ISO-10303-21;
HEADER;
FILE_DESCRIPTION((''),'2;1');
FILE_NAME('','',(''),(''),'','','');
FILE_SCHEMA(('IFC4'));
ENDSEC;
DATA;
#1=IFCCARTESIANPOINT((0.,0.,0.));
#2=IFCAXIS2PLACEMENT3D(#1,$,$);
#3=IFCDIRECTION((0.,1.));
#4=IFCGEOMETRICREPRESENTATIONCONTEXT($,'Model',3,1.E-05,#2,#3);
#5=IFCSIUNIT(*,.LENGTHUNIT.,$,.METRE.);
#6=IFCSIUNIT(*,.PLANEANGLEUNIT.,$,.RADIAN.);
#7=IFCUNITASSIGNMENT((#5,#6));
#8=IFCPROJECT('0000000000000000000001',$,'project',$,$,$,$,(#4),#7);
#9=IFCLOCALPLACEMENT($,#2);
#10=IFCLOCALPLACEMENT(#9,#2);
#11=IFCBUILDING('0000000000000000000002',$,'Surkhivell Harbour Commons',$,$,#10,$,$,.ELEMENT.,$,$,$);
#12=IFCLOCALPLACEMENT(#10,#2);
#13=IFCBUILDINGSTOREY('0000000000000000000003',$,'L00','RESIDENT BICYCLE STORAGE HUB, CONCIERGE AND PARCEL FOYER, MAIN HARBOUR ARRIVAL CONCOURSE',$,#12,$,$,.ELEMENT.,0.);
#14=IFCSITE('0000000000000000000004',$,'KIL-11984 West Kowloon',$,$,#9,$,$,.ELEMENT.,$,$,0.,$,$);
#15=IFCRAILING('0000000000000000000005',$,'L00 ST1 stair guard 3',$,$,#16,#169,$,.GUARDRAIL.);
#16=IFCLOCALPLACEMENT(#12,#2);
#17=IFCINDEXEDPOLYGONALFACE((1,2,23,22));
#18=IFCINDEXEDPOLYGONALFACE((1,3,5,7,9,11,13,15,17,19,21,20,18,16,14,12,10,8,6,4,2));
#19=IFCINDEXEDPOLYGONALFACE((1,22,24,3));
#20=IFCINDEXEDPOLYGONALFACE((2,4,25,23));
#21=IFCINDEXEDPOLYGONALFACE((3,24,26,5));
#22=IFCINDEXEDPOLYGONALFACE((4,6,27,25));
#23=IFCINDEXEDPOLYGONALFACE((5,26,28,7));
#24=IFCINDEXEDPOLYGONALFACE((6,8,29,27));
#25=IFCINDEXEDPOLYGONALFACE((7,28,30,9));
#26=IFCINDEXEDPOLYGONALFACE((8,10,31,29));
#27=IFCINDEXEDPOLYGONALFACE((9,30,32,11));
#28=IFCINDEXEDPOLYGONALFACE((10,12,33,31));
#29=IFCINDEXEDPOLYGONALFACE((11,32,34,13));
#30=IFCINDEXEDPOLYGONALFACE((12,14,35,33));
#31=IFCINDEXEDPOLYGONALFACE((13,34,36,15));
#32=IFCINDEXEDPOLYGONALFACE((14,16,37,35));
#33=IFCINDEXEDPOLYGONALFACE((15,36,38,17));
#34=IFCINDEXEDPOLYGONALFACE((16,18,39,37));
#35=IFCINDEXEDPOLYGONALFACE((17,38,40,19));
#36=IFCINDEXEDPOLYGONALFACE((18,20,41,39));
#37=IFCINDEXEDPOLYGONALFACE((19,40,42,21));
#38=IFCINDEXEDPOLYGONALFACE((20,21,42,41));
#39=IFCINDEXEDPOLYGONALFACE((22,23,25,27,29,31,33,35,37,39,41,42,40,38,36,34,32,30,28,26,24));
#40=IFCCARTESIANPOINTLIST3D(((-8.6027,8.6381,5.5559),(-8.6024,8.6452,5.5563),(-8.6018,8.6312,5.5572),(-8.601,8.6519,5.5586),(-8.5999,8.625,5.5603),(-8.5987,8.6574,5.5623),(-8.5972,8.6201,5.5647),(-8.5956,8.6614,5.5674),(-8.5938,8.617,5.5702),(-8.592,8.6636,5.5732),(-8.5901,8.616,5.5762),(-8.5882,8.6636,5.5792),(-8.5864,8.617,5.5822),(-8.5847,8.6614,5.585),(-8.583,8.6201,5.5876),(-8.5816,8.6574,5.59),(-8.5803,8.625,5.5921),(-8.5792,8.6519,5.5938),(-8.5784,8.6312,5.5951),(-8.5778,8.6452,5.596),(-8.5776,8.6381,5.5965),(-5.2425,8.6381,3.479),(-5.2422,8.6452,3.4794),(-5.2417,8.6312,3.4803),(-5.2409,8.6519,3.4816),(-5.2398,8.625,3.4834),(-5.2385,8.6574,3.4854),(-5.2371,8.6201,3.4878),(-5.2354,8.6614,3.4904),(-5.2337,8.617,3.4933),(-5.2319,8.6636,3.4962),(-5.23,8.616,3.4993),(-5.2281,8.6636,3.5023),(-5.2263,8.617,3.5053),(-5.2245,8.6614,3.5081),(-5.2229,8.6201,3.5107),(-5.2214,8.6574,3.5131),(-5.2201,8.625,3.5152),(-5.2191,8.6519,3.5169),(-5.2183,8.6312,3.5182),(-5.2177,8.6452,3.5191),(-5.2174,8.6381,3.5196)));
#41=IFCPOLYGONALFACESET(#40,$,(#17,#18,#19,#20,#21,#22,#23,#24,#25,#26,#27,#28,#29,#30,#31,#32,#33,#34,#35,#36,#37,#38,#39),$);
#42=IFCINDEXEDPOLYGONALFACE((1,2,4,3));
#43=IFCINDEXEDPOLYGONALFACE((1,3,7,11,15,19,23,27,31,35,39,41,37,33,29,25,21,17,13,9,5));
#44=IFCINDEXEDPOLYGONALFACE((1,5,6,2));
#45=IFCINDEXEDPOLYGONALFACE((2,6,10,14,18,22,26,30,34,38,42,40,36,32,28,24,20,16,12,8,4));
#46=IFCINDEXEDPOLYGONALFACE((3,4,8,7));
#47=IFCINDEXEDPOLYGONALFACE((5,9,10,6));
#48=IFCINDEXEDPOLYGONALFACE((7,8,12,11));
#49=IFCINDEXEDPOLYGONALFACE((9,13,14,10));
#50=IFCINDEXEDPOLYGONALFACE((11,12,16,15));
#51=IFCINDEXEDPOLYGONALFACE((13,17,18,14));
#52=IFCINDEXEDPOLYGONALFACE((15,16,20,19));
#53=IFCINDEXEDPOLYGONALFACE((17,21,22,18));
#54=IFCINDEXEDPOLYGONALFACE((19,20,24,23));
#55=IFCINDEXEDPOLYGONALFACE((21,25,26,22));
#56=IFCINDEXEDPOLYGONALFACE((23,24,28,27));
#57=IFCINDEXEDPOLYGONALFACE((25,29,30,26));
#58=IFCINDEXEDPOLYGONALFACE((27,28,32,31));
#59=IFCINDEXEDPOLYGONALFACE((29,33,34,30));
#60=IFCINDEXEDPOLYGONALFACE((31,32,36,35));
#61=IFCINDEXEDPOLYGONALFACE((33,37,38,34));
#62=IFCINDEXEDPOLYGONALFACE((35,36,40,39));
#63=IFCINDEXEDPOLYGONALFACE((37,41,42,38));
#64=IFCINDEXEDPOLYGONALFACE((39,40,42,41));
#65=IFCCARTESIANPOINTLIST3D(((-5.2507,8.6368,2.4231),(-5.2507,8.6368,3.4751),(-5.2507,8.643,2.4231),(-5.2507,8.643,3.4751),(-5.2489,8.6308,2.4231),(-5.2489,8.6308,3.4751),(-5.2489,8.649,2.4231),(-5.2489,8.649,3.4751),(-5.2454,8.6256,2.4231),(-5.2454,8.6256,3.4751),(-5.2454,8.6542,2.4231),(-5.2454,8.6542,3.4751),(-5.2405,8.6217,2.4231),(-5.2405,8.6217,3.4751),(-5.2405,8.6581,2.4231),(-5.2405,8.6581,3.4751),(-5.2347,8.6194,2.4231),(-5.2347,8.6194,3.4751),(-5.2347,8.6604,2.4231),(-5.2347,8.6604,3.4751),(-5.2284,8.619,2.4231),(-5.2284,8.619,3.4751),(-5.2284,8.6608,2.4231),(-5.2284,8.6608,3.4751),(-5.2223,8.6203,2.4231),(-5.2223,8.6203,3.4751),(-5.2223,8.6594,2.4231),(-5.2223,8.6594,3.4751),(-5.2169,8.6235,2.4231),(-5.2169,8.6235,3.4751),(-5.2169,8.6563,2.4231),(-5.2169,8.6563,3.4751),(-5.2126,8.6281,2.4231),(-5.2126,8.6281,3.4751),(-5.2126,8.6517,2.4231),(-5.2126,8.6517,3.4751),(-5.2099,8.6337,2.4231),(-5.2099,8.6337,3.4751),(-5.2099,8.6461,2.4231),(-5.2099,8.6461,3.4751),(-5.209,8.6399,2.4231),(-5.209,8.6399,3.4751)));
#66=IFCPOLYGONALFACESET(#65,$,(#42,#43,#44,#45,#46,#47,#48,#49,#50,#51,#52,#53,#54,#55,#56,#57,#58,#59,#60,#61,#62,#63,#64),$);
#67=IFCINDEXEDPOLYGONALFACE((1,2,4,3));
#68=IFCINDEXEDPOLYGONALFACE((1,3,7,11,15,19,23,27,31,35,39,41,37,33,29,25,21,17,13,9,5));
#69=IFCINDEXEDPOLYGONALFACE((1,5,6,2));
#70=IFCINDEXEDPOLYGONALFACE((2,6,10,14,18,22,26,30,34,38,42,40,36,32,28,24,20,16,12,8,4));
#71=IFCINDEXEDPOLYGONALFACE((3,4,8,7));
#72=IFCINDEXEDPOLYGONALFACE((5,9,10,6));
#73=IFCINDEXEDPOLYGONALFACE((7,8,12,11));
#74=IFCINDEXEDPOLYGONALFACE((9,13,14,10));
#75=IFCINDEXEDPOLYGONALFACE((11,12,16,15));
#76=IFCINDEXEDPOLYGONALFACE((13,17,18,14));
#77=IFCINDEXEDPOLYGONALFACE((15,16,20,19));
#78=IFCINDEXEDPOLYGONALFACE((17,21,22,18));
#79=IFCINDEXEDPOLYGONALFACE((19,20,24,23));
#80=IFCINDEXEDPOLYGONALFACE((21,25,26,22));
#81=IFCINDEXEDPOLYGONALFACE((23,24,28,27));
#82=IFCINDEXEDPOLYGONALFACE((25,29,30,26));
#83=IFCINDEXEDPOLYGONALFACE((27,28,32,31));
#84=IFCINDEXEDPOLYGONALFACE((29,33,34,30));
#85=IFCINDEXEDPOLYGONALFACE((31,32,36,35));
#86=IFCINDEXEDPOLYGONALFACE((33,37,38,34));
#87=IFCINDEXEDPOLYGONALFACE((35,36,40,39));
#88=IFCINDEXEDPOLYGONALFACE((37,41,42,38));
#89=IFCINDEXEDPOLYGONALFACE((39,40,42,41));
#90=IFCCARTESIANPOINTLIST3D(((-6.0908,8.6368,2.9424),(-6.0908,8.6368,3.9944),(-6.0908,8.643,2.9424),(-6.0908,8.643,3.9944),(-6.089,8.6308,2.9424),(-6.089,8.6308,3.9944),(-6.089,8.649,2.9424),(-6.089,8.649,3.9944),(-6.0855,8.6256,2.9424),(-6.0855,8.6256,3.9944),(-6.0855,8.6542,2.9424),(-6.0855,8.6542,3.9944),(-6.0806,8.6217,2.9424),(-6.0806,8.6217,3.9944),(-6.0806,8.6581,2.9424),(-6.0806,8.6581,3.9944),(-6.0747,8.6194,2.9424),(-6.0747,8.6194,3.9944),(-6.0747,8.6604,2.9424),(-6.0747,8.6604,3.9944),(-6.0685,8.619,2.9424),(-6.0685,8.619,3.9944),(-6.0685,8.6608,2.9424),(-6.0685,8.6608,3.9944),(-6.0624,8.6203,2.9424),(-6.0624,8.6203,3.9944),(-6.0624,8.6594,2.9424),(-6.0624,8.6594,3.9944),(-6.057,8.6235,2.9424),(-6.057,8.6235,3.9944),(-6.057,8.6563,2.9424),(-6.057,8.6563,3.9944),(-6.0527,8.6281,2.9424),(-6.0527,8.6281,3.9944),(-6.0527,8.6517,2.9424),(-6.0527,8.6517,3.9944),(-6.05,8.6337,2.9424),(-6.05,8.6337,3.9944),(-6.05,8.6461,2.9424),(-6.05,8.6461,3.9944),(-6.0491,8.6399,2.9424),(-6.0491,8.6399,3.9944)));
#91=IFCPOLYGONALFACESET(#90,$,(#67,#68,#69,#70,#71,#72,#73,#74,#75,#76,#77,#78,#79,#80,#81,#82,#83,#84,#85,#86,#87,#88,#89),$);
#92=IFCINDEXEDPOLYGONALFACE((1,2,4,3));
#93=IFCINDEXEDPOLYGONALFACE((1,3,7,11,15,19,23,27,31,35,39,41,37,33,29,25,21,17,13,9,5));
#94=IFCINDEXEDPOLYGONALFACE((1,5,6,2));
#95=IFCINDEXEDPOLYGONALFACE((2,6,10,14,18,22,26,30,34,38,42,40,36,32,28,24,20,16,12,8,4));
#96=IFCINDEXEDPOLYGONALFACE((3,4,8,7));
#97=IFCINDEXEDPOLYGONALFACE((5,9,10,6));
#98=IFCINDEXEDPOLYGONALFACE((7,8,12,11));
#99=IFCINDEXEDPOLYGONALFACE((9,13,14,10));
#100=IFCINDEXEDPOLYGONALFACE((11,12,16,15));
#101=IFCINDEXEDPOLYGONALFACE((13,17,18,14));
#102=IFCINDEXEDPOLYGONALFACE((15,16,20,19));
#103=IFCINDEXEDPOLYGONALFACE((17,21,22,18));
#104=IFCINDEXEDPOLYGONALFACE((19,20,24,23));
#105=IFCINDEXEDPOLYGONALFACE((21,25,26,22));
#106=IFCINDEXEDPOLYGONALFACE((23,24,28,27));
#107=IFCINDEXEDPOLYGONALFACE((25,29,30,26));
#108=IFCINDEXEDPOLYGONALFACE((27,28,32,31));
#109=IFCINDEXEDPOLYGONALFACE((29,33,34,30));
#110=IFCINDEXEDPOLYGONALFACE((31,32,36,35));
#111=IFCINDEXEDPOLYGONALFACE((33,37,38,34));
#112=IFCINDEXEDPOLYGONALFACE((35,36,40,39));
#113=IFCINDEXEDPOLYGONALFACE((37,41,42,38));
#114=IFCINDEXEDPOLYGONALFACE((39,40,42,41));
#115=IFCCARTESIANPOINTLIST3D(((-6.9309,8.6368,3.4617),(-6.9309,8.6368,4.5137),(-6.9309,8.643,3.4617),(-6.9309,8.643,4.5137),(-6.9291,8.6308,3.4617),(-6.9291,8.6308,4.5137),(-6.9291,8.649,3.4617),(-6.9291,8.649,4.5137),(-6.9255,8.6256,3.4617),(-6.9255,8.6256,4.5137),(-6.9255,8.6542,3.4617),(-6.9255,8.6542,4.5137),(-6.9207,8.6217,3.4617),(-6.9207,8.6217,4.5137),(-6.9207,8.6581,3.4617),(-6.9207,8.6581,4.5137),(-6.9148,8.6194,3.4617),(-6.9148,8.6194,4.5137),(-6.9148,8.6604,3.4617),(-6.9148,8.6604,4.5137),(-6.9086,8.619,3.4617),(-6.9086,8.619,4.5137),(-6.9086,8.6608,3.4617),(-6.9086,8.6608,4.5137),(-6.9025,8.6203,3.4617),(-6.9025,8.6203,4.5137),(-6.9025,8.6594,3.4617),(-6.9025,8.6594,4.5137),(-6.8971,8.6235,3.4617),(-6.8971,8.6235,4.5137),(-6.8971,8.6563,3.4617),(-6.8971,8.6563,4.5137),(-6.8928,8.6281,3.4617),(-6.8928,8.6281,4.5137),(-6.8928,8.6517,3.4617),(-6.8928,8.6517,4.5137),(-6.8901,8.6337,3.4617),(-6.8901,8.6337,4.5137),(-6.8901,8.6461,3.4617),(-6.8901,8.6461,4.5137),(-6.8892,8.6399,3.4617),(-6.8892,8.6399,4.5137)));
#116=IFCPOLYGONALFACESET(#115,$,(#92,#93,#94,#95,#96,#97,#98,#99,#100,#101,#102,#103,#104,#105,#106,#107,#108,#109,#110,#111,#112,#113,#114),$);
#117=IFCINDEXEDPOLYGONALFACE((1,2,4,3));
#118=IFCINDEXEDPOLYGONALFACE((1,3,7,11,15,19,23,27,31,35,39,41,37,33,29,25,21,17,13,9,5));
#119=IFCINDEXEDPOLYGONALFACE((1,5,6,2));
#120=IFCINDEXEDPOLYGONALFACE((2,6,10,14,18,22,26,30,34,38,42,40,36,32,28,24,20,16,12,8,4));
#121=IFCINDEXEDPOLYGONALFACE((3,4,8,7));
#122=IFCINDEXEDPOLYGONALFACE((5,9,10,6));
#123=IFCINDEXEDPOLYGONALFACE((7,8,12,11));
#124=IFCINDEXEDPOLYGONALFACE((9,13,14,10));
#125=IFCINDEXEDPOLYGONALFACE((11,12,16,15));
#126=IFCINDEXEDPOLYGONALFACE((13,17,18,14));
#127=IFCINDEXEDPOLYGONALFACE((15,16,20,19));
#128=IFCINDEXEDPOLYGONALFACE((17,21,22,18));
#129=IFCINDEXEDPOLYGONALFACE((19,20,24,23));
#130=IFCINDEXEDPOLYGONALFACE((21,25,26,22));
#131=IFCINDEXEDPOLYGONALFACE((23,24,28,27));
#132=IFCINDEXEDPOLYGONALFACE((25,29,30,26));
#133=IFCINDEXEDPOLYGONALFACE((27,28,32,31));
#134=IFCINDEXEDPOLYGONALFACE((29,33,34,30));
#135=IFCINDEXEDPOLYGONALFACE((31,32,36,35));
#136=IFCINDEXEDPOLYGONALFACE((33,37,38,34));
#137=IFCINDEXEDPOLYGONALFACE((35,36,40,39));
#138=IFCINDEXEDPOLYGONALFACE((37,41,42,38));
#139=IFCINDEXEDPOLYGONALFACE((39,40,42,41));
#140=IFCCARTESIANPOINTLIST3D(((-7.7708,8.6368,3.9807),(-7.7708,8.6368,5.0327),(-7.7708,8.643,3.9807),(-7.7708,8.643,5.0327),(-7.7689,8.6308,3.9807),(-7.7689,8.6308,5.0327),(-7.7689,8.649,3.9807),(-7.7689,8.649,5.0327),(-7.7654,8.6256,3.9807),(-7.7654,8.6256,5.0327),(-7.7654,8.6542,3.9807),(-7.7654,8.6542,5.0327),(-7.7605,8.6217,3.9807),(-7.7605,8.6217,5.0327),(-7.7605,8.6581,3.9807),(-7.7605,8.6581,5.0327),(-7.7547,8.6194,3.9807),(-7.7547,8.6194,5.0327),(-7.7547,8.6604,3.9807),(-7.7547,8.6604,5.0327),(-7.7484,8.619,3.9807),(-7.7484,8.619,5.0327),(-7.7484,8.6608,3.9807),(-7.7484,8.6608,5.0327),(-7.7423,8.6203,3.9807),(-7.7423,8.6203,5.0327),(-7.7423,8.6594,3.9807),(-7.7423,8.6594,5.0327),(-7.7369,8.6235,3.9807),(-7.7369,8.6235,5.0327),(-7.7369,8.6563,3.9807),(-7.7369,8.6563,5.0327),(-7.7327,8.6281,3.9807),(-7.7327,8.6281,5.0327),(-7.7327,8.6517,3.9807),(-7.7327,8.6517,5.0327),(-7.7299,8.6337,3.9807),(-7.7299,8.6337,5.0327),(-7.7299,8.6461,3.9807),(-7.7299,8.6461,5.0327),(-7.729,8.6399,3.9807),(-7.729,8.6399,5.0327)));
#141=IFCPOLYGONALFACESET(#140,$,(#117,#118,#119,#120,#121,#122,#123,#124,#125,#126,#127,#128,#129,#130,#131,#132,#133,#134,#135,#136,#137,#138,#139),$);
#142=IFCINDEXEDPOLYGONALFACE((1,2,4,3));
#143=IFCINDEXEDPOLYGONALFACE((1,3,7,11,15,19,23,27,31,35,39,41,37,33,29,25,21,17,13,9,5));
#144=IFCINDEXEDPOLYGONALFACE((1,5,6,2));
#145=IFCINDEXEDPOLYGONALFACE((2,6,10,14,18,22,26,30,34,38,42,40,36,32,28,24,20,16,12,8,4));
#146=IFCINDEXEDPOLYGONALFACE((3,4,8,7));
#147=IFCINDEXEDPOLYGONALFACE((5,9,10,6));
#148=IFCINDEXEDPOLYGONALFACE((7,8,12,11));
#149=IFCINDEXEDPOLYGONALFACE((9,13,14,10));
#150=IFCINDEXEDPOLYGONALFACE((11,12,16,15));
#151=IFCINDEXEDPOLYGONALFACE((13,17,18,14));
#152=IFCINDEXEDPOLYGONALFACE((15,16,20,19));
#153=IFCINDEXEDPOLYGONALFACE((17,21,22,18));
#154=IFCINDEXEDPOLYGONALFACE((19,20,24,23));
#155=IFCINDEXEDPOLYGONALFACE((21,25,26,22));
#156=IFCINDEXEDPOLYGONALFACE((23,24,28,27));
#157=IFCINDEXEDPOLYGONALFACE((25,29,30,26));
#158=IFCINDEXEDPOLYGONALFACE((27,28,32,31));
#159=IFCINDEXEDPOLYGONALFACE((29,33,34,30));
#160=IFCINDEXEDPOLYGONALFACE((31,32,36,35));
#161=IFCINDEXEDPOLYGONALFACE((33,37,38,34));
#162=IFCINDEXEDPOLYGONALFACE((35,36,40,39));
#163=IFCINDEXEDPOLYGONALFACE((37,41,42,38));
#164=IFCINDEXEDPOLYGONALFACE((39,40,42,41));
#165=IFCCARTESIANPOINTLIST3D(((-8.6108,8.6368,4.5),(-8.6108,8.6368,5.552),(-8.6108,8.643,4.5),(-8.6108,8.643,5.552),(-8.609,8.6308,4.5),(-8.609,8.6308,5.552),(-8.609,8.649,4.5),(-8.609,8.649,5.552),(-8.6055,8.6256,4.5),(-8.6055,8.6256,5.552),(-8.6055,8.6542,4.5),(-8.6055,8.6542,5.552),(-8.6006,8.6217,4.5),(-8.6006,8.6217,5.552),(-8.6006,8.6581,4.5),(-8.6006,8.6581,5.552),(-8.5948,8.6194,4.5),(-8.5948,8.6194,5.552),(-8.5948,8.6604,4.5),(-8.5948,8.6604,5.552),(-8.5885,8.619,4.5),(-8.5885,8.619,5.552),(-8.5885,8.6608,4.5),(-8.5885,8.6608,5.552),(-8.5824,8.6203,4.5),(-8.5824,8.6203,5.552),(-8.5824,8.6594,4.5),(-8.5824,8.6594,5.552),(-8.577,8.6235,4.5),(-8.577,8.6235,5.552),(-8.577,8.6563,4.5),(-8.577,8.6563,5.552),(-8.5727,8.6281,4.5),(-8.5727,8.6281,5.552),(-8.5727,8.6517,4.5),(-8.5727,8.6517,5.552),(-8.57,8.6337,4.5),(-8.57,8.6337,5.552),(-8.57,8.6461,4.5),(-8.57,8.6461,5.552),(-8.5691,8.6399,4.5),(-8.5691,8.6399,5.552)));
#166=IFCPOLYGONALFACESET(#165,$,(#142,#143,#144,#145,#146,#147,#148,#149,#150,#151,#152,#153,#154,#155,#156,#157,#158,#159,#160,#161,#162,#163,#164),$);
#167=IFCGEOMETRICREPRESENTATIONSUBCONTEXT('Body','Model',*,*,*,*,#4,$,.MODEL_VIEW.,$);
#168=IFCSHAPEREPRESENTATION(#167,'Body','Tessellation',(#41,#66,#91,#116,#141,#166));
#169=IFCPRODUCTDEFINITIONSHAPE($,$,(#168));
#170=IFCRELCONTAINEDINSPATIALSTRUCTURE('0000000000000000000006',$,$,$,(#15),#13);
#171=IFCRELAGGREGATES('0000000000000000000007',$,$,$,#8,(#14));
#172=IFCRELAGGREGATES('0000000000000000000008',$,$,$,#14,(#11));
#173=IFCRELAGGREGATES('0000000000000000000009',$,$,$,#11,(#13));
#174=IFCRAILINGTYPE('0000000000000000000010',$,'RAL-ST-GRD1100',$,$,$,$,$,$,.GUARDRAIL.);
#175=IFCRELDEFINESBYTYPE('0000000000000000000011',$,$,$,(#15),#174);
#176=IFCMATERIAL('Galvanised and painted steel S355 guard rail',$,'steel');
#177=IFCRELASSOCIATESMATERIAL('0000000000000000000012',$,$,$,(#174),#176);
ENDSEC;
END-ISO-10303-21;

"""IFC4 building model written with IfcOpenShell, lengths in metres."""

from ifc_helpers import new_model, si_unit, direction, frame, origin, origin_2d, place, context, subcontext, project, spatial, circle, extrude, material, type_object, element, save


model = new_model("IFC4")

# Units and contexts
model_context = context("Model", 3, precision=1e-05, world=origin(), true_north=direction((0.0, 1.0)))
body_context = subcontext(model_context, "Body", "Model", "MODEL_VIEW")
ifc_project = project(units=[si_unit("LENGTHUNIT", "METRE"), si_unit("PLANEANGLEUNIT", "RADIAN")], contexts=[model_context])

# Site, building, storey
site_placement = place(None, origin())
site = spatial("IfcSite", under=ifc_project, at=site_placement, Name="KIL-11984 West Kowloon", CompositionType="ELEMENT", RefElevation=0.0)
building_placement = place(site_placement, origin())
building = spatial("IfcBuilding", under=site, at=building_placement, Name="Surkhivell Harbour Commons", CompositionType="ELEMENT")
storey_placement = place(building_placement, origin())
storey = spatial("IfcBuildingStorey", under=building, at=storey_placement, Name="L00", Description="RESIDENT BICYCLE STORAGE HUB, CONCIERGE AND PARCEL FOYER, MAIN HARBOUR ARRIVAL CONCOURSE", CompositionType="ELEMENT", Elevation=0.0)

# Railing
ifc_material_1 = material(Name="Galvanised and painted steel S355 guard rail", Category="steel")
railing_type_1 = type_object("IfcRailingType", Name="RAL-ST-GRD1100", PredefinedType="GUARDRAIL", material=ifc_material_1)
railing_1_placement = place(storey_placement, frame((-5.23, 8.6399, 2.4231)))
element("IfcRailing", 1, at=railing_1_placement, inside=storey, type_object=railing_type_1, Name="L00 ST1 stair guard 3", PredefinedType="GUARDRAIL", context=body_context, shape_type="SweptSolid", body=[
    extrude(circle(Radius=0.0239, at=origin_2d()), frame((0.0, 0.0, 1.0762), z_axis=(-0.850623, 0.0, 0.525776), x_axis=(0.0, -1.0, 0.0)), (0.0, 0.0, 1.0), 3.9502),
    extrude(circle(Radius=0.021, at=origin_2d()), origin(), (0.0, 0.0, 1.0), 1.052),
    extrude(circle(Radius=0.021, at=origin_2d()), frame((-0.8401, 0.0, 0.5193)), (0.0, 0.0, 1.0), 1.052),
    extrude(circle(Radius=0.021, at=origin_2d()), frame((-1.6802, 0.0, 1.0386)), (0.0, 0.0, 1.0), 1.052),
    extrude(circle(Radius=0.021, at=origin_2d()), frame((-2.52, 0.0, 1.5576)), (0.0, 0.0, 1.0), 1.052),
    extrude(circle(Radius=0.021, at=origin_2d()), frame((-3.3601, 0.0, 2.0769)), (0.0, 0.0, 1.0), 1.052),
])

save(model, "model.ifc")
